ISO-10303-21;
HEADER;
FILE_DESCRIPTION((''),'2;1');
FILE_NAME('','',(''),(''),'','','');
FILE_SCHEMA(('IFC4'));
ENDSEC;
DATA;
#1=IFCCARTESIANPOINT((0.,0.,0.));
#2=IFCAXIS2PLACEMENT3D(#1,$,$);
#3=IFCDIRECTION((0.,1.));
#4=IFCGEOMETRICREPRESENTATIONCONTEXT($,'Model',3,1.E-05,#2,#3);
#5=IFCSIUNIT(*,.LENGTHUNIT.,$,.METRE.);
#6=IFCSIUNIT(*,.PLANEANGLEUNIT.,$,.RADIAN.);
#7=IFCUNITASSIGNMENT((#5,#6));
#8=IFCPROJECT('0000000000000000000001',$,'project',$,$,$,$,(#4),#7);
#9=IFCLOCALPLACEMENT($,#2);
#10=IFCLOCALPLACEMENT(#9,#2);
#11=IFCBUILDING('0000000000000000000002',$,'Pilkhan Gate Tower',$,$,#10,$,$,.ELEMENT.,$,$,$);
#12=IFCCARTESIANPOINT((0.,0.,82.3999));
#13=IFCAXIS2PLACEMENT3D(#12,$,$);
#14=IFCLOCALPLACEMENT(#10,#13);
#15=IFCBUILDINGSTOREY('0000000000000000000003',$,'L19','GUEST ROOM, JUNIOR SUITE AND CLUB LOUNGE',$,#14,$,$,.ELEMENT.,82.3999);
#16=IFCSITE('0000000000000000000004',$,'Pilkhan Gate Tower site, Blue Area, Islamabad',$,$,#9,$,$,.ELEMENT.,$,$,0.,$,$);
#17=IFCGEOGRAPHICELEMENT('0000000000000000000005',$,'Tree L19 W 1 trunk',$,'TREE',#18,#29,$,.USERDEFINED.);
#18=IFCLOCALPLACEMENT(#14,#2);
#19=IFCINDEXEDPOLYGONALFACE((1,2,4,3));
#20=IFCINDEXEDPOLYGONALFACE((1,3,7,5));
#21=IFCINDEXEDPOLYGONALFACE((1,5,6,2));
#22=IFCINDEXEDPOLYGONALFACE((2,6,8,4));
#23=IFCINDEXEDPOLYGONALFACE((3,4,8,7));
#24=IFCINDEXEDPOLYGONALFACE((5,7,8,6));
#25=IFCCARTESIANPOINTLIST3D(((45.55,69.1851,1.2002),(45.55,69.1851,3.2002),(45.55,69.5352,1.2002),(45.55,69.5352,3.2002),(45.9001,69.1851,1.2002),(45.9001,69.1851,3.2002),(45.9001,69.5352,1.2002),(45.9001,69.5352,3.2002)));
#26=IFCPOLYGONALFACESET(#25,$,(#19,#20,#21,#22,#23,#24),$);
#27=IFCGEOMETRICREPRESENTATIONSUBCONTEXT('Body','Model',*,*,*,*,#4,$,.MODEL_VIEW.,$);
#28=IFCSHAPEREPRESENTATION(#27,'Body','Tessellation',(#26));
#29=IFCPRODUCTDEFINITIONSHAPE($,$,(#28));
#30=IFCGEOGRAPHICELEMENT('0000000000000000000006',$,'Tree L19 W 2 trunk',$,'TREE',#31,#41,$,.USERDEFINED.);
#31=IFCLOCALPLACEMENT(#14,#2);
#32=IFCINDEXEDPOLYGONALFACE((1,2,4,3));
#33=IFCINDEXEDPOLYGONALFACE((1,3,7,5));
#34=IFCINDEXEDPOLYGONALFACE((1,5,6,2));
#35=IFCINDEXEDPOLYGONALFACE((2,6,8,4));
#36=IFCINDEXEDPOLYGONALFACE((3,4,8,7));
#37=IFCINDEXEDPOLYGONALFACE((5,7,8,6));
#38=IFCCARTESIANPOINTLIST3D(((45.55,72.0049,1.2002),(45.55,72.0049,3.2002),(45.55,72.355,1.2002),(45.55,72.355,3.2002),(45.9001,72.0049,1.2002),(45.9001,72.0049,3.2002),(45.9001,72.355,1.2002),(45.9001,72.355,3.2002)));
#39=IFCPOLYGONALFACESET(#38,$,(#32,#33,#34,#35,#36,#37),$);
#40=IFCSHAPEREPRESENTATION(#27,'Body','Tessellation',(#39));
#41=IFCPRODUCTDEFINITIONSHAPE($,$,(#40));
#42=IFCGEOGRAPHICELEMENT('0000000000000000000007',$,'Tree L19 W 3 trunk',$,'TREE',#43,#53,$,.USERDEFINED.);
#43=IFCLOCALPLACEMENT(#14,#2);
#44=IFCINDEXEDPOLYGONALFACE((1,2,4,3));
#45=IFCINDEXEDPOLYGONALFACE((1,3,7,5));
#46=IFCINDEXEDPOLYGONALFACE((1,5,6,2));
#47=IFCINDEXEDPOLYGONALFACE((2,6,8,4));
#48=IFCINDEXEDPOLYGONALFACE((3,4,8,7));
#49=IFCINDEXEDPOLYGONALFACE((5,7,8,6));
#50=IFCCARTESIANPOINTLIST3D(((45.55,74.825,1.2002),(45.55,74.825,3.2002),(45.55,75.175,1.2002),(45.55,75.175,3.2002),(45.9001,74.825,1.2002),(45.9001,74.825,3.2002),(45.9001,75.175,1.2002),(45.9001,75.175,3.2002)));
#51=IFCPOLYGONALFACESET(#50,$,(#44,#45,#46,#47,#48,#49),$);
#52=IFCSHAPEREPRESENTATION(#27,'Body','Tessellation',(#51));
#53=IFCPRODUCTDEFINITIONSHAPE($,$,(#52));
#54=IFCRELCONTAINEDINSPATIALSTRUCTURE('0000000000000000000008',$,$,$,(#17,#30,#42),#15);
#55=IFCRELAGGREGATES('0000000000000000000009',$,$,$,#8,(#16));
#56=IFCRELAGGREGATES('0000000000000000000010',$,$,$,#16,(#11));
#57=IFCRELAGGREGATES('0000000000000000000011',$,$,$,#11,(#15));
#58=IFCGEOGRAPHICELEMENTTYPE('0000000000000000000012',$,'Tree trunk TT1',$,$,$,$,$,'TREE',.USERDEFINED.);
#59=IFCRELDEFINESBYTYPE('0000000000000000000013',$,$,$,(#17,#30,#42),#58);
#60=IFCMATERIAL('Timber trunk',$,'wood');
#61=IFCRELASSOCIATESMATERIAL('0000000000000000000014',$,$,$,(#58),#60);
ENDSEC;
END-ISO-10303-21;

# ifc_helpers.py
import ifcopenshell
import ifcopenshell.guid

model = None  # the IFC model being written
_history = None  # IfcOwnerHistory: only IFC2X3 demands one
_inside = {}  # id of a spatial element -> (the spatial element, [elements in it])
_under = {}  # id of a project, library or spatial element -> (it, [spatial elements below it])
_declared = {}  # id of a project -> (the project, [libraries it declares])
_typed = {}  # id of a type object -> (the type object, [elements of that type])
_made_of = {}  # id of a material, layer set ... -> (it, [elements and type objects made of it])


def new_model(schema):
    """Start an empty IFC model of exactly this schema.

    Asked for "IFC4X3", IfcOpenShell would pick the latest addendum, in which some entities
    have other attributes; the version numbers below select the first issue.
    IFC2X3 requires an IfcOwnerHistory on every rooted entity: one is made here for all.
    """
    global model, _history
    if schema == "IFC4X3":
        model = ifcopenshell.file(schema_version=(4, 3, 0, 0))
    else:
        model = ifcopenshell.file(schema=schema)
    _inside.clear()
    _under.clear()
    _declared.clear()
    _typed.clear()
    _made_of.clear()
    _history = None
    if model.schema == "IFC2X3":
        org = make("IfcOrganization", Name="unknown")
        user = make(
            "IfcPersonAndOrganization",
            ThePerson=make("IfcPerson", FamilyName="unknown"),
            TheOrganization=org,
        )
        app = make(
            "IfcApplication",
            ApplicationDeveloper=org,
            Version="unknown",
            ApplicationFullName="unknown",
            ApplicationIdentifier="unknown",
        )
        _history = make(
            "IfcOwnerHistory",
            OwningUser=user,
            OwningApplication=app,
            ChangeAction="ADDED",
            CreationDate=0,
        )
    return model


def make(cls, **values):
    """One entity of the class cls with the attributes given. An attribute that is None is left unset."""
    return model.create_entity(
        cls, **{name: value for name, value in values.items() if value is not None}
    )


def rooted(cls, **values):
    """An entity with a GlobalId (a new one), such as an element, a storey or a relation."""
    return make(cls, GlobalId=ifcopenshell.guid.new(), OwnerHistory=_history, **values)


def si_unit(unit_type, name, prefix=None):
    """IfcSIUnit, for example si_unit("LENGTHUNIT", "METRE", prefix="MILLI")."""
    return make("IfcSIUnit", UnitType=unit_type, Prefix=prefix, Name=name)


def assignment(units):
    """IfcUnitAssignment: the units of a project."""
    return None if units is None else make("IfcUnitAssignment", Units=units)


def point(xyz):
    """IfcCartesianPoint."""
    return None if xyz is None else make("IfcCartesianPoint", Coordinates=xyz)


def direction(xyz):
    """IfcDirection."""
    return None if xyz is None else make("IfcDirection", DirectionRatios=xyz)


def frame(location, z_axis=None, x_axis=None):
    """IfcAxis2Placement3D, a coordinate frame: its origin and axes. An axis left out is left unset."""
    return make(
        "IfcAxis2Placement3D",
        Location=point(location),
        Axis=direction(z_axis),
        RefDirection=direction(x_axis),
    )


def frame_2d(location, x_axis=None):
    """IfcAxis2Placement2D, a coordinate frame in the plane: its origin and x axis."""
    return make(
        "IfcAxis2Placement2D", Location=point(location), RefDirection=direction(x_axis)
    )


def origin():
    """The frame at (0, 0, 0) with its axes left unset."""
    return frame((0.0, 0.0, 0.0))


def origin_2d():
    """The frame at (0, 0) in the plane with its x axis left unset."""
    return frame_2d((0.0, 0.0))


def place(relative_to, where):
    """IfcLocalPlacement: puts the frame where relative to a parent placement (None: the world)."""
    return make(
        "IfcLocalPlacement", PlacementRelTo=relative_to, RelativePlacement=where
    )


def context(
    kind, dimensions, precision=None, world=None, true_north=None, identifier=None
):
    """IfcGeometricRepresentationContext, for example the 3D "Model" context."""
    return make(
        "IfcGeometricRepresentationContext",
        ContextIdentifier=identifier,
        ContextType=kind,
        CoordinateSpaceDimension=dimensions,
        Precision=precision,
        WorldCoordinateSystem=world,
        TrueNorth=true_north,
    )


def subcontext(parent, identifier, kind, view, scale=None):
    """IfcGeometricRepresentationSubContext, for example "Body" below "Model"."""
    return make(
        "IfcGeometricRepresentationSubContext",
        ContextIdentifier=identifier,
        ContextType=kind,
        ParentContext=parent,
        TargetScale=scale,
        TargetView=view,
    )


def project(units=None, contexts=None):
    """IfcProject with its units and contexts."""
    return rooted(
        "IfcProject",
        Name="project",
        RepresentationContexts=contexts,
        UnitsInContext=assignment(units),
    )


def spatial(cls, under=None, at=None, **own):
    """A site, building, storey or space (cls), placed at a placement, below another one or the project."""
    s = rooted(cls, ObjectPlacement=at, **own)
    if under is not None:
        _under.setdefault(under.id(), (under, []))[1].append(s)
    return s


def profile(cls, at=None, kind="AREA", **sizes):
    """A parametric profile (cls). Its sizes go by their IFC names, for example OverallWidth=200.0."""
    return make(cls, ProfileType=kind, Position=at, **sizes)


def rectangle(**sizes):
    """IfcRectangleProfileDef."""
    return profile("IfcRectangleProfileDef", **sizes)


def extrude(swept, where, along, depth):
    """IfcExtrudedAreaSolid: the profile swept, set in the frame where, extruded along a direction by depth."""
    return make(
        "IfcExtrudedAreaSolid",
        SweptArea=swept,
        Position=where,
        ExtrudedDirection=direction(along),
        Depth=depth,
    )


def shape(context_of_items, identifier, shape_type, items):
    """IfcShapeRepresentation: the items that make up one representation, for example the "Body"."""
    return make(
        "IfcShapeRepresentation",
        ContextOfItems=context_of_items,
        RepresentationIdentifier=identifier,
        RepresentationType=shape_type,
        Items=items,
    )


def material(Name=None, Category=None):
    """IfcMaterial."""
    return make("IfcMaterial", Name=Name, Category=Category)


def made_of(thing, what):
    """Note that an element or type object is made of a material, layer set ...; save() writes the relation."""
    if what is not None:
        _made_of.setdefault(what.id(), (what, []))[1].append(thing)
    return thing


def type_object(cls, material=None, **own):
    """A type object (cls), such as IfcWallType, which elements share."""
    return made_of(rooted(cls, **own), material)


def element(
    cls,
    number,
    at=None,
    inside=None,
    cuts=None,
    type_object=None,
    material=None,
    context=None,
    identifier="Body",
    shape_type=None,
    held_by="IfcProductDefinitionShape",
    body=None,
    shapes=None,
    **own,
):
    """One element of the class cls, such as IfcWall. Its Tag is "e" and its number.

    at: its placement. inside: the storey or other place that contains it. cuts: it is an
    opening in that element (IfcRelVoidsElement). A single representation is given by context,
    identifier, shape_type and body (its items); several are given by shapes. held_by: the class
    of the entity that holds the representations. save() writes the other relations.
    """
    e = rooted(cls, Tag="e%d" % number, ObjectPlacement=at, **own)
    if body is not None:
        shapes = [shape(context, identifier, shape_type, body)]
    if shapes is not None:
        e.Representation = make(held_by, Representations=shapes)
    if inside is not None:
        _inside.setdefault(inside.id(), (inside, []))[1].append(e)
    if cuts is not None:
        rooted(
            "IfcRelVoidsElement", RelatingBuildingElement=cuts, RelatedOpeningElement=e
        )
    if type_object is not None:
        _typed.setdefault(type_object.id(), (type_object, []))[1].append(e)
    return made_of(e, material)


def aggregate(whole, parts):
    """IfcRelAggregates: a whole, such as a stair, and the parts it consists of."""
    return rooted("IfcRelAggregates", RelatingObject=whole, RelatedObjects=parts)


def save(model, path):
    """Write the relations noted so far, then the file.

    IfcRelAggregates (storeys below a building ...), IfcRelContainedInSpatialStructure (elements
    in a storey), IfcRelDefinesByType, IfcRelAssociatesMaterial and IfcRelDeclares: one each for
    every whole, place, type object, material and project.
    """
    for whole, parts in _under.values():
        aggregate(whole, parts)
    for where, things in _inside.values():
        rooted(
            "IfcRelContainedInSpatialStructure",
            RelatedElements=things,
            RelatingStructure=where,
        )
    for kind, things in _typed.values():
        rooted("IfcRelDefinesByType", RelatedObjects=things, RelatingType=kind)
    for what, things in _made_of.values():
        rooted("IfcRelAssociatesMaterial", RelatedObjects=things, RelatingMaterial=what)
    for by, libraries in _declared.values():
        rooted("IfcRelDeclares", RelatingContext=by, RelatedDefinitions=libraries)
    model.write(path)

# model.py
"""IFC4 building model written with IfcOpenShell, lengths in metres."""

from ifc_helpers import new_model, si_unit, direction, frame, origin, origin_2d, place, context, subcontext, project, spatial, rectangle, extrude, material, type_object, element, save


model = new_model("IFC4")

# Units and contexts
model_context = context("Model", 3, precision=1e-05, world=origin(), true_north=direction((0.0, 1.0)))
body_context = subcontext(model_context, "Body", "Model", "MODEL_VIEW")
ifc_project = project(units=[si_unit("LENGTHUNIT", "METRE"), si_unit("PLANEANGLEUNIT", "RADIAN")], contexts=[model_context])

# Site, building, storey
site_placement = place(None, origin())
site = spatial("IfcSite", under=ifc_project, at=site_placement, Name="Pilkhan Gate Tower site, Blue Area, Islamabad", CompositionType="ELEMENT", RefElevation=0.0)
building_placement = place(site_placement, origin())
building = spatial("IfcBuilding", under=site, at=building_placement, Name="Pilkhan Gate Tower", CompositionType="ELEMENT")
storey_placement = place(building_placement, frame((0.0, 0.0, 82.3999)))
storey = spatial("IfcBuildingStorey", under=building, at=storey_placement, Name="L19", Description="GUEST ROOM, JUNIOR SUITE AND CLUB LOUNGE", CompositionType="ELEMENT", Elevation=82.3999)

# Geographic elements
ifc_material_1 = material(Name="Timber trunk", Category="wood")
geographic_element_type_1 = type_object("IfcGeographicElementType", Name="Tree trunk TT1", ElementType="TREE", PredefinedType="USERDEFINED", material=ifc_material_1)
for number, where, z_axis, x_axis, name in (
    (1, (45.7251, 69.3601, 1.2002), (0.0, 0.0, 1.0), (1.0, 0.0, 0.0), "Tree L19 W 1 trunk"),
    (2, (45.7251, 72.1799, 1.2002), (0.0, 0.0, 1.0), (1.0, 0.0, 0.0), "Tree L19 W 2 trunk"),
    (3, (45.7251, 75.0, 1.2002), (0.0, 0.0, 1.0), (1.0, 0.0, 0.0), "Tree L19 W 3 trunk"),
):
    element("IfcGeographicElement", number, at=place(storey_placement, frame(where, z_axis=z_axis, x_axis=x_axis)), inside=storey, type_object=geographic_element_type_1, Name=name, ObjectType="TREE", PredefinedType="USERDEFINED", context=body_context, shape_type="SweptSolid", body=[
        extrude(rectangle(XDim=0.3501, YDim=0.3501, at=origin_2d()), origin(), (0.0, 0.0, 1.0), 2.0),
    ])

save(model, "model.ifc")
